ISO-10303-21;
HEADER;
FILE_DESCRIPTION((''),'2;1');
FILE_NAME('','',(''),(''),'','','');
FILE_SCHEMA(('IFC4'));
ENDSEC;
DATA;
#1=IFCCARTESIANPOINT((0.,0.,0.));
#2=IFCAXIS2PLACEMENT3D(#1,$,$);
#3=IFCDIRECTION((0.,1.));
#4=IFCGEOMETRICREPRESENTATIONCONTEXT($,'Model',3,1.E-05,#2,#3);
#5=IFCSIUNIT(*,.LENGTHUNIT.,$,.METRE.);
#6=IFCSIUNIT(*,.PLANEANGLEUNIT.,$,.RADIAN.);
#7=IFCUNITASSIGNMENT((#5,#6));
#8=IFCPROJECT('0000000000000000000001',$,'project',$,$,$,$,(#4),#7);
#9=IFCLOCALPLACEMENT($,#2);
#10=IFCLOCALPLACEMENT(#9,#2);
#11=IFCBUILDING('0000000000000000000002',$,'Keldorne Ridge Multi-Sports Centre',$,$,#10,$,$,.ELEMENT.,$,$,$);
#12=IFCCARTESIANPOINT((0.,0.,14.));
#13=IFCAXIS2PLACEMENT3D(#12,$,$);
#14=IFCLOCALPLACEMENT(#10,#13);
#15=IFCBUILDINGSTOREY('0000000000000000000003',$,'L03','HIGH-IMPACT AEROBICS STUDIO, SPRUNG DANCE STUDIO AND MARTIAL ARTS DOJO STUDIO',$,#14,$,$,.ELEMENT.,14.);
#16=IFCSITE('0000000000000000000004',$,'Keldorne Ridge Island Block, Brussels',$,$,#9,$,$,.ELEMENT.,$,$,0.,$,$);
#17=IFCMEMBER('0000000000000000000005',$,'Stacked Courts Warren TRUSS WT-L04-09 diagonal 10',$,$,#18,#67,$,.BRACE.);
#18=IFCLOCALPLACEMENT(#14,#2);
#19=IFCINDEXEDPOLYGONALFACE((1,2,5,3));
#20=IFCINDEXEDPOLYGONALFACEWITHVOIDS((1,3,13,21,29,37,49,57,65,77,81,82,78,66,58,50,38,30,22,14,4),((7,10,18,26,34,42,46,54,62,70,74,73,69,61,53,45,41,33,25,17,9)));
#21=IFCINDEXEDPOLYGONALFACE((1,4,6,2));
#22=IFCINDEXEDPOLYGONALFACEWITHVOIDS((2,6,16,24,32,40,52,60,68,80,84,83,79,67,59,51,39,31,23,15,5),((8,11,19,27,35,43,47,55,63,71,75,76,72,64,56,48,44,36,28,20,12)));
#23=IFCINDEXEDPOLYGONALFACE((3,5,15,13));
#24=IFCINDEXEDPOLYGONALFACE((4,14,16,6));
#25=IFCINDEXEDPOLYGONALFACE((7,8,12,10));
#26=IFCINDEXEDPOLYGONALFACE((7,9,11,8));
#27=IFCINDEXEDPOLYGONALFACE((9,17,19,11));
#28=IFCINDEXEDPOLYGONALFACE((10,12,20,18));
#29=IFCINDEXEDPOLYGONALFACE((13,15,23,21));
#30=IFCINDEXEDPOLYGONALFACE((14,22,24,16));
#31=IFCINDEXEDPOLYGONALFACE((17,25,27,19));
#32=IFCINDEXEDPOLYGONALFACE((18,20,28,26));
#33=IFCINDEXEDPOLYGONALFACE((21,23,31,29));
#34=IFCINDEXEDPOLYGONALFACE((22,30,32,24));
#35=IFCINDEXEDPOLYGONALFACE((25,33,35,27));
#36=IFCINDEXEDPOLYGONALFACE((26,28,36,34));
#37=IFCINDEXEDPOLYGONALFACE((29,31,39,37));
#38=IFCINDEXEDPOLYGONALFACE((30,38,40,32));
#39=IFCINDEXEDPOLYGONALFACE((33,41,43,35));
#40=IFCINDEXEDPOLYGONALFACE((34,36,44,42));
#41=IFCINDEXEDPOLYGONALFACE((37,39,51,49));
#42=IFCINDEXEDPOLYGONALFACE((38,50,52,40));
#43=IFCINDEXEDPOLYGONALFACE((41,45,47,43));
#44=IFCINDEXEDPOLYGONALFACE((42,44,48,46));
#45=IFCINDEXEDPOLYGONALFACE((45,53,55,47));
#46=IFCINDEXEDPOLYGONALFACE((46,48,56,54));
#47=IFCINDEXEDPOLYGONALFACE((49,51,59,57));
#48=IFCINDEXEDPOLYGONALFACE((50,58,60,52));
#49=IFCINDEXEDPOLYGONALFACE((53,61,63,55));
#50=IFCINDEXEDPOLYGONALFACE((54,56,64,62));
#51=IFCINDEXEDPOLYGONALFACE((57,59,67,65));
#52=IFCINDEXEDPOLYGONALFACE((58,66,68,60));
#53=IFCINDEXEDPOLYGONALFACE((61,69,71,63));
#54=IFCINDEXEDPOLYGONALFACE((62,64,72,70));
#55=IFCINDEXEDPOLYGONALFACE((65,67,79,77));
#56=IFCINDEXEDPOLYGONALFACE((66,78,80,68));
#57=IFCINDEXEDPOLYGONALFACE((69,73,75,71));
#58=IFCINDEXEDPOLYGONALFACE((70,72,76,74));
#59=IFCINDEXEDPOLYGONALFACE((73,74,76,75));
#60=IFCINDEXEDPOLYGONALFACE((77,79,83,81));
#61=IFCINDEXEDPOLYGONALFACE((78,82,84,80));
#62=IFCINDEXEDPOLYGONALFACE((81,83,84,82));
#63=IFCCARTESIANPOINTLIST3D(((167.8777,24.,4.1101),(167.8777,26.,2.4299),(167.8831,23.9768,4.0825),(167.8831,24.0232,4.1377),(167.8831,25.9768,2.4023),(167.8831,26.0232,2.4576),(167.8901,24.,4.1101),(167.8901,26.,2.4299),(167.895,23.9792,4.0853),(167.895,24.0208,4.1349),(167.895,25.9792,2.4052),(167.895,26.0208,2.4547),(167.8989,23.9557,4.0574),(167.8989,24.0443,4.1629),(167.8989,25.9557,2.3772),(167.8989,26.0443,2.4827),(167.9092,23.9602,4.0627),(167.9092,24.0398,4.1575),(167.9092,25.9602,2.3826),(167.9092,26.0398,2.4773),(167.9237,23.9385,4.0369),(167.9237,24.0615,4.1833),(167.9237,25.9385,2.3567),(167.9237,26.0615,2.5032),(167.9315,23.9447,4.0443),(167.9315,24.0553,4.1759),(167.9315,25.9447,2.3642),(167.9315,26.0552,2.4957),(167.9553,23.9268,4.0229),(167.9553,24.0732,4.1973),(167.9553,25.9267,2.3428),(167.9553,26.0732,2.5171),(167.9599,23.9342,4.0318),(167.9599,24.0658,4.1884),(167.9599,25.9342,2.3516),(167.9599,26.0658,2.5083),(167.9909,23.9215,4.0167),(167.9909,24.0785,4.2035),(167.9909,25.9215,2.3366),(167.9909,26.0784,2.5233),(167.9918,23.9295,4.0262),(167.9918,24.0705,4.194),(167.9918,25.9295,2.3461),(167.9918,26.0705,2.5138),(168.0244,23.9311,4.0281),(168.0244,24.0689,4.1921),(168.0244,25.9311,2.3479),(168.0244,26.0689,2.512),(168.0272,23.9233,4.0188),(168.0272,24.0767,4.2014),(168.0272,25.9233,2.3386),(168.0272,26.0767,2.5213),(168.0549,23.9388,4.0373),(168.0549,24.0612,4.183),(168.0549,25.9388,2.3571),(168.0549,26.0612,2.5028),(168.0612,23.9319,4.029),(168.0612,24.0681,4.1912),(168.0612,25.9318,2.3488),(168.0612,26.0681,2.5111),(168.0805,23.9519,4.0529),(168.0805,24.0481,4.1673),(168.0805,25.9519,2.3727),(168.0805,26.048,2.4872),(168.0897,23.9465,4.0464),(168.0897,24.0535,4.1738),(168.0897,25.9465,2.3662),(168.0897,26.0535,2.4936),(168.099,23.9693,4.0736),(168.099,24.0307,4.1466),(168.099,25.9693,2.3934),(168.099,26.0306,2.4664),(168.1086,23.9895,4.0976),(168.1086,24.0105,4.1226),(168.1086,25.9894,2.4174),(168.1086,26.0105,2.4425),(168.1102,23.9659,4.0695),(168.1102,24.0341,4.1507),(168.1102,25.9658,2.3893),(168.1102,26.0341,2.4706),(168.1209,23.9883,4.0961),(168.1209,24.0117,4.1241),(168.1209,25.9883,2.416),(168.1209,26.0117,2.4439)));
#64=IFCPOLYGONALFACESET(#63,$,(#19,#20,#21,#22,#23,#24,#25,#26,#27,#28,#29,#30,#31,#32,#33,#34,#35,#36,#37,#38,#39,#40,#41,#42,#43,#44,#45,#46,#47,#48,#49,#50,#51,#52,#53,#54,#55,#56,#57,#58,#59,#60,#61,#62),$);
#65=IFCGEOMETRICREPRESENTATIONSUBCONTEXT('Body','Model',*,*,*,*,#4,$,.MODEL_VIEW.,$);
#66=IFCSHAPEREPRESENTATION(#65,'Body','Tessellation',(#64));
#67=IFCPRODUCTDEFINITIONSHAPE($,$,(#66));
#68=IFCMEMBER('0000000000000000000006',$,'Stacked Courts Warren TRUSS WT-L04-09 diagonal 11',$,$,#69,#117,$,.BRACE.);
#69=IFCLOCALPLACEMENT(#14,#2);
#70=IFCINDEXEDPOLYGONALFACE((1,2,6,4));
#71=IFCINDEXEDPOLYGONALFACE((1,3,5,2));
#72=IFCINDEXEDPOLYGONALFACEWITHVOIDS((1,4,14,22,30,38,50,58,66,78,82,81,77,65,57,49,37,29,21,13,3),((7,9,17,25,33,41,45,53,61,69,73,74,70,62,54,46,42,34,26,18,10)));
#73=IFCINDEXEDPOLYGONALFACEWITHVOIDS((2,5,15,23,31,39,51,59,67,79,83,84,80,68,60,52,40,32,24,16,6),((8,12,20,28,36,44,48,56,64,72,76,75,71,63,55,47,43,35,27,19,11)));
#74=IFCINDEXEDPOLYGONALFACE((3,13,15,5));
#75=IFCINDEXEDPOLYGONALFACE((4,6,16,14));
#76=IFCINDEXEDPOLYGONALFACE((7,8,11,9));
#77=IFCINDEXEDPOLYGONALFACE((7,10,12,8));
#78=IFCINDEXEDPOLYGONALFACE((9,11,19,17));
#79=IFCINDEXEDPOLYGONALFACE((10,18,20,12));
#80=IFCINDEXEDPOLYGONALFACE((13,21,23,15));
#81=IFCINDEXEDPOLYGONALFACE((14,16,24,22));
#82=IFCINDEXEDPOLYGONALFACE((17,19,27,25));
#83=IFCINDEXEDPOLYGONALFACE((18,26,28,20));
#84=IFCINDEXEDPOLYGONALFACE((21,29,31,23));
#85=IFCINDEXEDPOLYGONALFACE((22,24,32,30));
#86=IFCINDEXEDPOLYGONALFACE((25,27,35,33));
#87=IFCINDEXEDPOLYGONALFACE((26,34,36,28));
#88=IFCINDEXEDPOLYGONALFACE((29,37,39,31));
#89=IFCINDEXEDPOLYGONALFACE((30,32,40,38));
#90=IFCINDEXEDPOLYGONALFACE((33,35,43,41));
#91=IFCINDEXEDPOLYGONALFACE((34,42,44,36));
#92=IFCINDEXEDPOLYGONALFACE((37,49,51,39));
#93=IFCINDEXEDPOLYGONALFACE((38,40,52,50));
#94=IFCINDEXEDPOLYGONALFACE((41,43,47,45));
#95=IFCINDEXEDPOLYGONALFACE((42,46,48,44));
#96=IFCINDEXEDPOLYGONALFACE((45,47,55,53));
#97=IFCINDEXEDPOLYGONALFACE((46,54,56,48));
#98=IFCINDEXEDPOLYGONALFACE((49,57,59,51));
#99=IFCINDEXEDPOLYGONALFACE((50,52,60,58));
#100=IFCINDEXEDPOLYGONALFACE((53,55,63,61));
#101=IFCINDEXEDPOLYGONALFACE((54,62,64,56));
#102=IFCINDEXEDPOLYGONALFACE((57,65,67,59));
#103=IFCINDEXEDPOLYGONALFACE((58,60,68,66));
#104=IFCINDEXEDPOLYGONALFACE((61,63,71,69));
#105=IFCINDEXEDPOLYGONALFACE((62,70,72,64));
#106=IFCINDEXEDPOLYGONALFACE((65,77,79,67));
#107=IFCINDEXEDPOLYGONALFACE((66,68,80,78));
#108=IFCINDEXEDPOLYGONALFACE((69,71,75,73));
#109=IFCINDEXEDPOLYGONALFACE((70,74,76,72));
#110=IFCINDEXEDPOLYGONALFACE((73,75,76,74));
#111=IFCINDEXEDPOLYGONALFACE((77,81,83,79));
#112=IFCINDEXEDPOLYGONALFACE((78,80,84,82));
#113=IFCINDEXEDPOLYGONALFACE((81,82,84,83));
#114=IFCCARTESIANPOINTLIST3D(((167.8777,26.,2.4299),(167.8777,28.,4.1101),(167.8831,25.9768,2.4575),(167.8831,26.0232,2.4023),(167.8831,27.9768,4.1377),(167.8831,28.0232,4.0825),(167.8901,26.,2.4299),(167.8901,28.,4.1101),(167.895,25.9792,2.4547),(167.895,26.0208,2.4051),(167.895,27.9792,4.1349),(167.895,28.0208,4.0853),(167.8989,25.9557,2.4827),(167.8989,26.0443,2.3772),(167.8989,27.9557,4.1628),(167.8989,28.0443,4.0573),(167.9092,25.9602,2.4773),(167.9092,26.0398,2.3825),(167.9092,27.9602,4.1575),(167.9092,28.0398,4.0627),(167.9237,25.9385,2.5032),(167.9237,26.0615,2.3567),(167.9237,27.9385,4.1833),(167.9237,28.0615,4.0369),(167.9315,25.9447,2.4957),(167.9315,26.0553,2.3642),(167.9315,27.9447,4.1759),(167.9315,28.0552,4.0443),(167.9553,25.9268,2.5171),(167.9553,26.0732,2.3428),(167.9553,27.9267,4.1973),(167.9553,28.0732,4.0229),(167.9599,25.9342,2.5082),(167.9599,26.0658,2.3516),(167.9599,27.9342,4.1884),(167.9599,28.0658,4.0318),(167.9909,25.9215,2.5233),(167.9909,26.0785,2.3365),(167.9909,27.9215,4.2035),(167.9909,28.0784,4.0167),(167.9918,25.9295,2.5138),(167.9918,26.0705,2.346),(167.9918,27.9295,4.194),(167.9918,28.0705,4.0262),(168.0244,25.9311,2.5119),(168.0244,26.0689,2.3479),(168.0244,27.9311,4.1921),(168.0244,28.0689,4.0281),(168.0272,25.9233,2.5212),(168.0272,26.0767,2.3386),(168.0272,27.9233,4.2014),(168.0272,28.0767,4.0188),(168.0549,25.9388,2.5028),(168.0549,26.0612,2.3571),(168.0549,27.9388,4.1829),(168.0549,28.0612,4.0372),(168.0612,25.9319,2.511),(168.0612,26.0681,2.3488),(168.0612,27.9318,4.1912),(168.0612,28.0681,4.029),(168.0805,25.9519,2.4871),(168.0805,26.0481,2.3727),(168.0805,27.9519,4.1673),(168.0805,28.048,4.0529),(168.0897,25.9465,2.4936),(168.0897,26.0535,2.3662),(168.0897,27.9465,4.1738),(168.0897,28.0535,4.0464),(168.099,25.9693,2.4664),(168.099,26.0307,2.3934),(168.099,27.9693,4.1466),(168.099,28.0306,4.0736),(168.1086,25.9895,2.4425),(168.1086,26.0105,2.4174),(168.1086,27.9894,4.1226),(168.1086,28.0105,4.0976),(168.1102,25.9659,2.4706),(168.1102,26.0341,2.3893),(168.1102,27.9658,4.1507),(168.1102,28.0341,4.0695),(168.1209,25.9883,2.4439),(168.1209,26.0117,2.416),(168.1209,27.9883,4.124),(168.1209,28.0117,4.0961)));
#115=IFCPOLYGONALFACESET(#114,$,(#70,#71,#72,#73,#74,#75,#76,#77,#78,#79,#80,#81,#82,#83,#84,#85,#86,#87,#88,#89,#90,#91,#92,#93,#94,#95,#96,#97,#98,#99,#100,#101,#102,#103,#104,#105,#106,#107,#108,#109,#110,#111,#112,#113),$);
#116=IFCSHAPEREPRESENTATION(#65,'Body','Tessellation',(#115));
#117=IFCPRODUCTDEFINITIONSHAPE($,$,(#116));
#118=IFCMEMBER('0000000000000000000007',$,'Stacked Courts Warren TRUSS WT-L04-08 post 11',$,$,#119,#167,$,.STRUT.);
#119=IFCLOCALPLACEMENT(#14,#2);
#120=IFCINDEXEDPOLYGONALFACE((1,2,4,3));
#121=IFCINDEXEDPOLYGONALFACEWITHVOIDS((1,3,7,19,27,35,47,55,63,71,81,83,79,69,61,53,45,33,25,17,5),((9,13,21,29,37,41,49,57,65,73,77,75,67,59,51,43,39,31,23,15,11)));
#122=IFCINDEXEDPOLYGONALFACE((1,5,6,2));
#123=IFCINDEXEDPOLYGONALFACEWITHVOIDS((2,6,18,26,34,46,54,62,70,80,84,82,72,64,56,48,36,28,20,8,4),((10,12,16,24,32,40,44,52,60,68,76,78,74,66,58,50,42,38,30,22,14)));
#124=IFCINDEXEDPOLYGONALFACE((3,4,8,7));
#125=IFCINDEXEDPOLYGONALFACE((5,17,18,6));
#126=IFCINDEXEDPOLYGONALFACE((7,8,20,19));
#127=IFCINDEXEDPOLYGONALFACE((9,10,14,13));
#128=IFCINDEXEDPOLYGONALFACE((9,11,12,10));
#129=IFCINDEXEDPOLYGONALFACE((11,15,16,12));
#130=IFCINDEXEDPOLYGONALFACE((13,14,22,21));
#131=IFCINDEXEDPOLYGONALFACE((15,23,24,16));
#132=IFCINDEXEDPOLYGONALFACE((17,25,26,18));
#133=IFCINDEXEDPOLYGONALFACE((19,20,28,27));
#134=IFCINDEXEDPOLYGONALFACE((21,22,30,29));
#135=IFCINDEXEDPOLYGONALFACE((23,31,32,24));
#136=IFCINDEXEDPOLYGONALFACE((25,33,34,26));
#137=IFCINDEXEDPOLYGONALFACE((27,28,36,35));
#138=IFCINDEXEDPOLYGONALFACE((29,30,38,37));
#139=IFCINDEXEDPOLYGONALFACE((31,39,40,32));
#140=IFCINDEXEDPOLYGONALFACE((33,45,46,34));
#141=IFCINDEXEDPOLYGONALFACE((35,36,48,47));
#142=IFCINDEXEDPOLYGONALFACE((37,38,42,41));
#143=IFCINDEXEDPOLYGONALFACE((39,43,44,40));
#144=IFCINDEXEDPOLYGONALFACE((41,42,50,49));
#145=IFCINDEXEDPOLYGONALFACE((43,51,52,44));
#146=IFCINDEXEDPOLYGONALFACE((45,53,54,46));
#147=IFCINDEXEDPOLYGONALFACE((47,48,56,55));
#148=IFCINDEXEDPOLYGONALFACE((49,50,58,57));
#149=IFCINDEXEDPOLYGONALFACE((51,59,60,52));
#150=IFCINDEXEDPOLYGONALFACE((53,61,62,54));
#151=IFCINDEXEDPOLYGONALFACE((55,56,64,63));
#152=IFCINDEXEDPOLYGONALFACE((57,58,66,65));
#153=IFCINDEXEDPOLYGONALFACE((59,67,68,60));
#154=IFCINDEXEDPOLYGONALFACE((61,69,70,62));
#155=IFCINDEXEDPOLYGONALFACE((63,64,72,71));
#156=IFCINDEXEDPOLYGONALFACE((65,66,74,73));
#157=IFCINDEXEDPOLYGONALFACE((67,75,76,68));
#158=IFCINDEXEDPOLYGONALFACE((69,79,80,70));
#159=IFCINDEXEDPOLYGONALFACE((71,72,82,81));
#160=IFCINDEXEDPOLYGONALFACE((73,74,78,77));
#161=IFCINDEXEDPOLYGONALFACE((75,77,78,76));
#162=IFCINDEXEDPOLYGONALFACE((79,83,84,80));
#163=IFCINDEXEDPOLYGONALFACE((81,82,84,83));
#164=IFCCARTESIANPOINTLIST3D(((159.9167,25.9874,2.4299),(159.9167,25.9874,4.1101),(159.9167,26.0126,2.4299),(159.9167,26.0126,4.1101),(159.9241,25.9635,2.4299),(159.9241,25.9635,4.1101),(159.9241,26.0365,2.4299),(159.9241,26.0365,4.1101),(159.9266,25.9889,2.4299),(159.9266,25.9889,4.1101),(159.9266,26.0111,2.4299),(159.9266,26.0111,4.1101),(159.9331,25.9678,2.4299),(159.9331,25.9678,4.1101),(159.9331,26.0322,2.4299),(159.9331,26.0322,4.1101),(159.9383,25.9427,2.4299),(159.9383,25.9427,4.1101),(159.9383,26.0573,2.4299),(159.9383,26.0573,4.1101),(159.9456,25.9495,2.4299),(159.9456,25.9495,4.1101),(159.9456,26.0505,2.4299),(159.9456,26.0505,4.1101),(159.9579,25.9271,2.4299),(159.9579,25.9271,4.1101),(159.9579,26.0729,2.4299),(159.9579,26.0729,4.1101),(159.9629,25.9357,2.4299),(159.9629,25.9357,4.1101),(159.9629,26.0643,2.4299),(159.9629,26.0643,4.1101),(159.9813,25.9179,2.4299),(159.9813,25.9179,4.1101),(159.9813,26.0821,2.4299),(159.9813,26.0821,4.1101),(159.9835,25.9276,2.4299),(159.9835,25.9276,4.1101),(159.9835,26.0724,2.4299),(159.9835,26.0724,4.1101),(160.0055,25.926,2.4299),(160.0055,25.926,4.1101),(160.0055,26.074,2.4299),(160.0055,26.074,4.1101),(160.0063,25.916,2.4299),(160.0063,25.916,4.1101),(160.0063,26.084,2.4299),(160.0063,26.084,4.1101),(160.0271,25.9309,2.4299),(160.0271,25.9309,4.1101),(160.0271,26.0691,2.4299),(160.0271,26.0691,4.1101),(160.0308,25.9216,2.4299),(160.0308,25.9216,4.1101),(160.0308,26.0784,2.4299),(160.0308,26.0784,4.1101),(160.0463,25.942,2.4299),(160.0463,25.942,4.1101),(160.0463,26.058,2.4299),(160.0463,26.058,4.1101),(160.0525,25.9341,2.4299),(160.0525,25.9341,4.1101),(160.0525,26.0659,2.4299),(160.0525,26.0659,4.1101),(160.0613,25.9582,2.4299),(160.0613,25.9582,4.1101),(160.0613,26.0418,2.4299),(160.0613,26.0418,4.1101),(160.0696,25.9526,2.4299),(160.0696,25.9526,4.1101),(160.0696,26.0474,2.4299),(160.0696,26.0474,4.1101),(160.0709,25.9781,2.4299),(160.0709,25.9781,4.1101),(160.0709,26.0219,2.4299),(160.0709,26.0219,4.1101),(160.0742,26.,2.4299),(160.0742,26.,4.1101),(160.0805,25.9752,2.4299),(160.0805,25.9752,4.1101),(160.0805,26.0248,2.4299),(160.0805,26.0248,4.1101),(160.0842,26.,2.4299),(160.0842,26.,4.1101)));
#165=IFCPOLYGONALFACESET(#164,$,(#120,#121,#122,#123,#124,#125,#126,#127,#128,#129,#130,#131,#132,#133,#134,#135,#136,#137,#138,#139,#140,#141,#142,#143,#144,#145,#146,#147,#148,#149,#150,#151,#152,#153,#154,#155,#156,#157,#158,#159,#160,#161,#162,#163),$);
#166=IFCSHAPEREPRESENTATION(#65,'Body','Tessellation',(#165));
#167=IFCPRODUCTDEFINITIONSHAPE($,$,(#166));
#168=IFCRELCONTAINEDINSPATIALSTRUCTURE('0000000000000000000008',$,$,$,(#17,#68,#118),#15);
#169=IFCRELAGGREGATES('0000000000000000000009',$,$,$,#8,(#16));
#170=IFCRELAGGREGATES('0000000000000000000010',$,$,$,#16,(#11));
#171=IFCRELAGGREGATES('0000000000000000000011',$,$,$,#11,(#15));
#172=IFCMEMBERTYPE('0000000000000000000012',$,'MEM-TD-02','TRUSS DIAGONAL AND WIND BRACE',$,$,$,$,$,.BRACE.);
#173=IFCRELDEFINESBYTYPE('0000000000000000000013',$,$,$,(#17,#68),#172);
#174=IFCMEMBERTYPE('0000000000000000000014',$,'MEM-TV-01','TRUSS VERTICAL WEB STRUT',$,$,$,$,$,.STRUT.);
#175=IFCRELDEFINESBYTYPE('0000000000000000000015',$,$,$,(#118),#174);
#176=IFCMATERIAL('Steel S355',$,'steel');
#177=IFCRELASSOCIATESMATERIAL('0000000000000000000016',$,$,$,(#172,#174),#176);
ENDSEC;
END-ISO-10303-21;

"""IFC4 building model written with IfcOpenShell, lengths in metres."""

from ifc_helpers import new_model, si_unit, direction, frame, origin, origin_2d, place, context, subcontext, project, spatial, hollow_circle, extrude, material, material_profile, profile_set, type_object, element, save


model = new_model("IFC4")

# Units and contexts
model_context = context("Model", 3, precision=1e-05, world=origin(), true_north=direction((0.0, 1.0)))
body_context = subcontext(model_context, "Body", "Model", "MODEL_VIEW")
ifc_project = project(units=[si_unit("LENGTHUNIT", "METRE"), si_unit("PLANEANGLEUNIT", "RADIAN")], contexts=[model_context])

# Site, building, storey
site_placement = place(None, origin())
site = spatial("IfcSite", under=ifc_project, at=site_placement, Name="Keldorne Ridge Island Block, Brussels", CompositionType="ELEMENT", RefElevation=0.0)
building_placement = place(site_placement, origin())
building = spatial("IfcBuilding", under=site, at=building_placement, Name="Keldorne Ridge Multi-Sports Centre", CompositionType="ELEMENT")
storey_placement = place(building_placement, frame((0.0, 0.0, 14.0)))
storey = spatial("IfcBuildingStorey", under=building, at=storey_placement, Name="L03", Description="HIGH-IMPACT AEROBICS STUDIO, SPRUNG DANCE STUDIO AND MARTIAL ARTS DOJO STUDIO", CompositionType="ELEMENT", Elevation=14.0)

# Shared definitions
ifc_material_1 = material(Name="Steel S355", Category="steel")

# Members
ifc_material_profile_1 = material_profile(ifc_material_1, hollow_circle(Radius=0.1223, WallThickness=0.0125, at=origin_2d()), Name="CHS 244.5x12.5")
ifc_profile_set_1 = profile_set([ifc_material_profile_1], Name="Steel S355")
member_type_1 = type_object("IfcMemberType", Name="MEM-TD-02", Description="TRUSS DIAGONAL AND WIND BRACE", PredefinedType="BRACE", material=ifc_profile_set_1)
for number, where, z_axis, x_axis, name in (
    (1, (168.0, 24.0, 4.1101), (0.0, 0.765672, -0.643232), (-1.0, 0.0, 0.0), "Stacked Courts Warren TRUSS WT-L04-09 diagonal 10"),
    (2, (168.0, 26.0, 2.4299), (0.0, 0.765672, 0.643232), (-1.0, 0.0, 0.0), "Stacked Courts Warren TRUSS WT-L04-09 diagonal 11"),
):
    element("IfcMember", number, at=place(storey_placement, frame(where, z_axis=z_axis, x_axis=x_axis)), inside=storey, type_object=member_type_1, Name=name, PredefinedType="BRACE", context=body_context, shape_type="SweptSolid", body=[
        extrude(hollow_circle(Radius=0.1223, WallThickness=0.0125, at=origin_2d()), origin(), (0.0, 0.0, 1.0), 2.6121),
    ])
ifc_material_profile_2 = material_profile(ifc_material_1, hollow_circle(Radius=0.0842, WallThickness=0.01, at=origin_2d()), Name="CHS 168.3x10")
ifc_profile_set_2 = profile_set([ifc_material_profile_2], Name="Steel S355")
member_type_2 = type_object("IfcMemberType", Name="MEM-TV-01", Description="TRUSS VERTICAL WEB STRUT", PredefinedType="STRUT", material=ifc_profile_set_2)
for number, where, z_axis, x_axis, name in (
    (3, (160.0, 26.0, 2.4299), (0.0, 0.0, 1.0), (1.0, 0.0, 0.0), "Stacked Courts Warren TRUSS WT-L04-08 post 11"),
):
    element("IfcMember", number, at=place(storey_placement, frame(where, z_axis=z_axis, x_axis=x_axis)), inside=storey, type_object=member_type_2, Name=name, PredefinedType="STRUT", context=body_context, shape_type="SweptSolid", body=[
        extrude(hollow_circle(Radius=0.0842, WallThickness=0.01, at=origin_2d()), origin(), (0.0, 0.0, 1.0), 1.6802),
    ])

save(model, "model.ifc")
